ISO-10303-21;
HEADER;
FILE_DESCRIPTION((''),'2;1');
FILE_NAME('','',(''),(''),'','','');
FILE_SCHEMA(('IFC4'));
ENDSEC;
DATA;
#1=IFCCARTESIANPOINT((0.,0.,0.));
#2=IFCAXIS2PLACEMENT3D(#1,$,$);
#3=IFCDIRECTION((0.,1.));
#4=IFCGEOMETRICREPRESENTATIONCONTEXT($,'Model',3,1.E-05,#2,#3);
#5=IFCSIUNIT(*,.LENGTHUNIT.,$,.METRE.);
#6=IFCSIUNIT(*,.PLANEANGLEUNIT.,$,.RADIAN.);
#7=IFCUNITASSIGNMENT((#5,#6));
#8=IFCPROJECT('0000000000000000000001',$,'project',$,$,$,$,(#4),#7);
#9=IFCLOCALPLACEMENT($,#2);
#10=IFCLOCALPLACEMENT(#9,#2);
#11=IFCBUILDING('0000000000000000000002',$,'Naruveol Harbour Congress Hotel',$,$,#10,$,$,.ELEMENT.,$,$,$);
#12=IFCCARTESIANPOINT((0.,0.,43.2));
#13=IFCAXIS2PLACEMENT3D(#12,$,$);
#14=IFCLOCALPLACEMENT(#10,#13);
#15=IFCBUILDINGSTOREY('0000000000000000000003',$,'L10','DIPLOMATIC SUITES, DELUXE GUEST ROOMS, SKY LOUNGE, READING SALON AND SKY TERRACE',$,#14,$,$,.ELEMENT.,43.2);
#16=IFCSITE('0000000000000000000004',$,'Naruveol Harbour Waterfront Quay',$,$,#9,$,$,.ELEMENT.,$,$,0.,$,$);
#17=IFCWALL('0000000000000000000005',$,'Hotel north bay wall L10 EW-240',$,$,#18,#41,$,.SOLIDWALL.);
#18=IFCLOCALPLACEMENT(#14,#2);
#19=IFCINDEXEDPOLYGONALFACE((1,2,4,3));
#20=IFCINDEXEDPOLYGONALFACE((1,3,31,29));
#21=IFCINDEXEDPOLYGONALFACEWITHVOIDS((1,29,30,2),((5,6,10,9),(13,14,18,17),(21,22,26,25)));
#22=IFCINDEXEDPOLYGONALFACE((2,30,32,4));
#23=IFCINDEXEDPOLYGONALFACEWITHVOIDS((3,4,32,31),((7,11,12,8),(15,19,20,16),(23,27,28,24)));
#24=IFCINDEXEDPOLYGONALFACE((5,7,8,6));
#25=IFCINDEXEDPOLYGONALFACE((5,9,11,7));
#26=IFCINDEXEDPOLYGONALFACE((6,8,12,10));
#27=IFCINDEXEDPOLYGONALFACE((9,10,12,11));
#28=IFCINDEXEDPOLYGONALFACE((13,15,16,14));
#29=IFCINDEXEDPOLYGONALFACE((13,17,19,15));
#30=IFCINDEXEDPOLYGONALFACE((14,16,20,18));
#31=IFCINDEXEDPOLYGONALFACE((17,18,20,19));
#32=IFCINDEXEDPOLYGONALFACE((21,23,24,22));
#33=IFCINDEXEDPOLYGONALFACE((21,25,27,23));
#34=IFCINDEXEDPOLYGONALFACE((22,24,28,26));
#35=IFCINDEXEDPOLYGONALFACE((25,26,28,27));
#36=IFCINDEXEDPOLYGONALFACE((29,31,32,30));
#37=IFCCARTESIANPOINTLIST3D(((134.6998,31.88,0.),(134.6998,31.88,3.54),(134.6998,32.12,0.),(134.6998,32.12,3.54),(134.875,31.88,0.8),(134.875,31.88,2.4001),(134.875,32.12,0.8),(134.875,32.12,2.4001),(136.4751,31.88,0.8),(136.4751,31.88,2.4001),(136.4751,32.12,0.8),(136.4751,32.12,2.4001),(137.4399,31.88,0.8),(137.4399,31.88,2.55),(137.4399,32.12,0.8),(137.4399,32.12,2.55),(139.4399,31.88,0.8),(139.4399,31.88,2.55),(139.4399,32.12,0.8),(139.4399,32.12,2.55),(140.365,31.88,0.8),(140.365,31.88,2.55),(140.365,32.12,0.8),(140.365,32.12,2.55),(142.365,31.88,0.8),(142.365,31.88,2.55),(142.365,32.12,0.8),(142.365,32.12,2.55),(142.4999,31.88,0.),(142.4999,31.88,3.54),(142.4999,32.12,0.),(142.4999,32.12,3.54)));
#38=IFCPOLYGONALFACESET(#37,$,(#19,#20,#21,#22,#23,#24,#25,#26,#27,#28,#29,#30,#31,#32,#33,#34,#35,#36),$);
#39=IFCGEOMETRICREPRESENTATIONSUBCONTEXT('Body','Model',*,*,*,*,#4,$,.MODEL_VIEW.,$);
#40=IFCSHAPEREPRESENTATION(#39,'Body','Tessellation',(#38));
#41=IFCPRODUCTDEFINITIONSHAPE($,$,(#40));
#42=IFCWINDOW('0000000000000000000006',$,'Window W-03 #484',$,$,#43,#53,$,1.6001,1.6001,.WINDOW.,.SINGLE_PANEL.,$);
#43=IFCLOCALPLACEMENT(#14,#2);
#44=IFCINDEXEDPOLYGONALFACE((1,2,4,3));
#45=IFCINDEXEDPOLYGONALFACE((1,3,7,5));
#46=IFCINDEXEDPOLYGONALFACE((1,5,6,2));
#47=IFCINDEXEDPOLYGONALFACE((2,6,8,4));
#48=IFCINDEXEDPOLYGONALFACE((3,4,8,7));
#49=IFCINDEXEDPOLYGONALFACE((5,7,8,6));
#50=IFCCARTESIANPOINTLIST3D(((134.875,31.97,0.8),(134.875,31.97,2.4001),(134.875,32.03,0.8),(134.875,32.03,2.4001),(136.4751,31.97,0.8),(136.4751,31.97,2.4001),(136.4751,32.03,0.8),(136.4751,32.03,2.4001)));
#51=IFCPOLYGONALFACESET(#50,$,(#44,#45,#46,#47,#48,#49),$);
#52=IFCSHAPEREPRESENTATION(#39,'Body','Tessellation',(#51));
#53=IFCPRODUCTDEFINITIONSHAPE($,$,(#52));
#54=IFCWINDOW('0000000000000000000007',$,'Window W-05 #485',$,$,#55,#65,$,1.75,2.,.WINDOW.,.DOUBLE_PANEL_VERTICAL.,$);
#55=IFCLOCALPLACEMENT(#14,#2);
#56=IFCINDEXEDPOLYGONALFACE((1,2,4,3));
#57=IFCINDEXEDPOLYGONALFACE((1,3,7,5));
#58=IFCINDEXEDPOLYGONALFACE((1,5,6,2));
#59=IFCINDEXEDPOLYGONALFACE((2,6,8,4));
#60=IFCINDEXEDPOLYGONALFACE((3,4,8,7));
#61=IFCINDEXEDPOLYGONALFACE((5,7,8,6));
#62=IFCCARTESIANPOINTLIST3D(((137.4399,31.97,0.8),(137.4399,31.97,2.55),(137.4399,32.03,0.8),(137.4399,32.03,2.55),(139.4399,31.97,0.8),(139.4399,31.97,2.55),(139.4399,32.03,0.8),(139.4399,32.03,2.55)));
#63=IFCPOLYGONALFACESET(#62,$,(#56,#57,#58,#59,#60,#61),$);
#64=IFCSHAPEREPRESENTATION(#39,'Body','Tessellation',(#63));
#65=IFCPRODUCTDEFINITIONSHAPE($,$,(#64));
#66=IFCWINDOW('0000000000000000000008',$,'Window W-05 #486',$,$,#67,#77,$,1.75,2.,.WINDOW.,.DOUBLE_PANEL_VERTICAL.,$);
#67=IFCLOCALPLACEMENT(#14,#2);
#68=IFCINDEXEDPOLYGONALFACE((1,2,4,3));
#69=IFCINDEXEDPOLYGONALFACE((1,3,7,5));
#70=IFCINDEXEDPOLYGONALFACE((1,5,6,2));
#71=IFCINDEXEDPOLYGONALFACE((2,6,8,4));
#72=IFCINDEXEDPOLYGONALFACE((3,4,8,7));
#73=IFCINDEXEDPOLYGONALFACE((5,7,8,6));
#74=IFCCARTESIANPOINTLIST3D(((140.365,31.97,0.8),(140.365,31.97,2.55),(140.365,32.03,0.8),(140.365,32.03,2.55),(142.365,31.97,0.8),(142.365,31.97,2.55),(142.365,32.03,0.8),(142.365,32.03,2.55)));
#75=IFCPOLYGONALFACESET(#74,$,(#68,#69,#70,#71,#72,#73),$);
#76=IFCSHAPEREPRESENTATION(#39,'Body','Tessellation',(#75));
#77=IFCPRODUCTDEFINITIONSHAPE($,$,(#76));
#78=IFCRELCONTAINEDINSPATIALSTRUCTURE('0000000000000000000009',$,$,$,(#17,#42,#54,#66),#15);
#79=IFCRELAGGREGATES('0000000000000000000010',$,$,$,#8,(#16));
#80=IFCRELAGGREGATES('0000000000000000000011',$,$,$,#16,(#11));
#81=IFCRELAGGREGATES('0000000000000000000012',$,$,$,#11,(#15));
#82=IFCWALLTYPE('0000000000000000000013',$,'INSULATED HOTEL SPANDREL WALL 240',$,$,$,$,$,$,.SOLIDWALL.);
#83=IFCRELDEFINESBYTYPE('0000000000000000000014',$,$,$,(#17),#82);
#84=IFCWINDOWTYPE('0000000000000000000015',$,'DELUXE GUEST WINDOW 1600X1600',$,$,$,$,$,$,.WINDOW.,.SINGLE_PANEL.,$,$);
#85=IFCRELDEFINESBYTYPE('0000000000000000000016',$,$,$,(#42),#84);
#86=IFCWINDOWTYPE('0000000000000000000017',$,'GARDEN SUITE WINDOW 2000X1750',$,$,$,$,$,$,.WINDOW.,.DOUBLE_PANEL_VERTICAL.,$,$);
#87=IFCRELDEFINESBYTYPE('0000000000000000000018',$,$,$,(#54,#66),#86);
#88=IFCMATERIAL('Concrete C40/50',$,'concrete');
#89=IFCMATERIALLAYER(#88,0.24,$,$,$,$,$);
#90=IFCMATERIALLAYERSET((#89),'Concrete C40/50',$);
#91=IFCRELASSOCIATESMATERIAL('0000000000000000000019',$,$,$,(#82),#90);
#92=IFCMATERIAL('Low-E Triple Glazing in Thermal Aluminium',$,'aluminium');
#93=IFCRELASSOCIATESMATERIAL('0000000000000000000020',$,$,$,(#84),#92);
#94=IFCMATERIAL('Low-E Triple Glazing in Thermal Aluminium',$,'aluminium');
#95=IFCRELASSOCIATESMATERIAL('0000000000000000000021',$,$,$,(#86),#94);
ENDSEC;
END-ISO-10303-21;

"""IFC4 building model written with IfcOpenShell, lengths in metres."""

from ifc_helpers import new_model, si_unit, direction, frame, frame_2d, origin, place, context, subcontext, project, spatial, rectangle, extrude, material, layer, layer_set, type_object, element, fill, save


model = new_model("IFC4")

# Units and contexts
model_context = context("Model", 3, precision=1e-05, world=origin(), true_north=direction((0.0, 1.0)))
body_context = subcontext(model_context, "Body", "Model", "MODEL_VIEW")
ifc_project = project(units=[si_unit("LENGTHUNIT", "METRE"), si_unit("PLANEANGLEUNIT", "RADIAN")], contexts=[model_context])

# Site, building, storey
site_placement = place(None, origin())
site = spatial("IfcSite", under=ifc_project, at=site_placement, Name="Naruveol Harbour Waterfront Quay", CompositionType="ELEMENT", RefElevation=0.0)
building_placement = place(site_placement, origin())
building = spatial("IfcBuilding", under=site, at=building_placement, Name="Naruveol Harbour Congress Hotel", CompositionType="ELEMENT")
storey_placement = place(building_placement, frame((0.0, 0.0, 43.2)))
storey = spatial("IfcBuildingStorey", under=building, at=storey_placement, Name="L10", Description="DIPLOMATIC SUITES, DELUXE GUEST ROOMS, SKY LOUNGE, READING SALON AND SKY TERRACE", CompositionType="ELEMENT", Elevation=43.2)

# Wall, openings, windows
ifc_material_1 = material(Name="Concrete C40/50", Category="concrete")
ifc_layer_1 = layer(ifc_material_1, 0.24)
ifc_layer_set_1 = layer_set([ifc_layer_1], Name="Concrete C40/50")
wall_type_1 = type_object("IfcWallType", Name="INSULATED HOTEL SPANDREL WALL 240", PredefinedType="SOLIDWALL", material=ifc_layer_set_1)
wall_1_placement = place(storey_placement, frame((134.7, 32.0, 0.0), z_axis=(0.0, 0.0, 1.0), x_axis=(1.0, 0.0, 0.0)))
wall_1 = element("IfcWall", 1, at=wall_1_placement, inside=storey, type_object=wall_type_1, Name="Hotel north bay wall L10 EW-240", PredefinedType="SOLIDWALL", context=body_context, shape_type="SweptSolid", body=[
    extrude(rectangle(XDim=7.8, YDim=0.24, at=frame_2d((3.8999, 0.0))), origin(), (0.0, 0.0, 1.0), 3.54),
])
opening_1_placement = place(wall_1_placement, frame((0.175, 0.0, 0.8)))
opening_1 = element("IfcOpeningElement", 2, at=opening_1_placement, cuts=wall_1, PredefinedType="OPENING", context=body_context, shape_type="SweptSolid", body=[
    extrude(rectangle(XDim=1.6001, YDim=1.6001, at=frame_2d((0.8, 0.8))), frame((0.0, 0.1299, 0.0), z_axis=(0.0, -1.0, 0.0), x_axis=(1.0, 0.0, 0.0)), (0.0, 0.0, 1.0), 0.26),
])
opening_2_placement = place(wall_1_placement, frame((2.74, 0.0, 0.8)))
opening_2 = element("IfcOpeningElement", 3, at=opening_2_placement, cuts=wall_1, PredefinedType="OPENING", context=body_context, shape_type="SweptSolid", body=[
    extrude(rectangle(XDim=2.0, YDim=1.75, at=frame_2d((1.0, 0.875))), frame((0.0, 0.1299, 0.0), z_axis=(0.0, -1.0, 0.0), x_axis=(1.0, 0.0, 0.0)), (0.0, 0.0, 1.0), 0.26),
])
opening_3_placement = place(wall_1_placement, frame((5.665, 0.0, 0.8)))
opening_3 = element("IfcOpeningElement", 4, at=opening_3_placement, cuts=wall_1, PredefinedType="OPENING", context=body_context, shape_type="SweptSolid", body=[
    extrude(rectangle(XDim=2.0, YDim=1.75, at=frame_2d((1.0, 0.875))), frame((0.0, 0.1299, 0.0), z_axis=(0.0, -1.0, 0.0), x_axis=(1.0, 0.0, 0.0)), (0.0, 0.0, 1.0), 0.26),
])
ifc_material_2 = material(Name="Low-E Triple Glazing in Thermal Aluminium", Category="aluminium")
window_type_1 = type_object("IfcWindowType", Name="DELUXE GUEST WINDOW 1600X1600", PartitioningType="SINGLE_PANEL", PredefinedType="WINDOW", material=ifc_material_2)
window_1_placement = place(opening_1_placement, origin())
window_1 = element("IfcWindow", 5, at=window_1_placement, inside=storey, type_object=window_type_1, Name="Window W-03 #484", OverallHeight=1.6001, OverallWidth=1.6001, PartitioningType="SINGLE_PANEL", PredefinedType="WINDOW", context=body_context, shape_type="SweptSolid", body=[
    extrude(rectangle(XDim=1.6001, YDim=1.6001, at=frame_2d((0.8, 0.8))), frame((0.0, 0.03, 0.0), z_axis=(0.0, -1.0, 0.0), x_axis=(1.0, 0.0, 0.0)), (0.0, 0.0, 1.0), 0.0601),
])
fill(opening_1, window_1)
ifc_material_3 = material(Name="Low-E Triple Glazing in Thermal Aluminium", Category="aluminium")
window_type_2 = type_object("IfcWindowType", Name="GARDEN SUITE WINDOW 2000X1750", PartitioningType="DOUBLE_PANEL_VERTICAL", PredefinedType="WINDOW", material=ifc_material_3)
window_2_placement = place(opening_2_placement, origin())
window_2 = element("IfcWindow", 6, at=window_2_placement, inside=storey, type_object=window_type_2, Name="Window W-05 #485", OverallHeight=1.75, OverallWidth=2.0, PartitioningType="DOUBLE_PANEL_VERTICAL", PredefinedType="WINDOW", context=body_context, shape_type="SweptSolid", body=[
    extrude(rectangle(XDim=2.0, YDim=1.75, at=frame_2d((1.0, 0.875))), frame((0.0, 0.03, 0.0), z_axis=(0.0, -1.0, 0.0), x_axis=(1.0, 0.0, 0.0)), (0.0, 0.0, 1.0), 0.0601),
])
fill(opening_2, window_2)
window_3_placement = place(opening_3_placement, origin())
window_3 = element("IfcWindow", 7, at=window_3_placement, inside=storey, type_object=window_type_2, Name="Window W-05 #486", OverallHeight=1.75, OverallWidth=2.0, PartitioningType="DOUBLE_PANEL_VERTICAL", PredefinedType="WINDOW", context=body_context, shape_type="SweptSolid", body=[
    extrude(rectangle(XDim=2.0, YDim=1.75, at=frame_2d((1.0, 0.875))), frame((0.0, 0.03, 0.0), z_axis=(0.0, -1.0, 0.0), x_axis=(1.0, 0.0, 0.0)), (0.0, 0.0, 1.0), 0.0601),
])
fill(opening_3, window_3)

save(model, "model.ifc")
